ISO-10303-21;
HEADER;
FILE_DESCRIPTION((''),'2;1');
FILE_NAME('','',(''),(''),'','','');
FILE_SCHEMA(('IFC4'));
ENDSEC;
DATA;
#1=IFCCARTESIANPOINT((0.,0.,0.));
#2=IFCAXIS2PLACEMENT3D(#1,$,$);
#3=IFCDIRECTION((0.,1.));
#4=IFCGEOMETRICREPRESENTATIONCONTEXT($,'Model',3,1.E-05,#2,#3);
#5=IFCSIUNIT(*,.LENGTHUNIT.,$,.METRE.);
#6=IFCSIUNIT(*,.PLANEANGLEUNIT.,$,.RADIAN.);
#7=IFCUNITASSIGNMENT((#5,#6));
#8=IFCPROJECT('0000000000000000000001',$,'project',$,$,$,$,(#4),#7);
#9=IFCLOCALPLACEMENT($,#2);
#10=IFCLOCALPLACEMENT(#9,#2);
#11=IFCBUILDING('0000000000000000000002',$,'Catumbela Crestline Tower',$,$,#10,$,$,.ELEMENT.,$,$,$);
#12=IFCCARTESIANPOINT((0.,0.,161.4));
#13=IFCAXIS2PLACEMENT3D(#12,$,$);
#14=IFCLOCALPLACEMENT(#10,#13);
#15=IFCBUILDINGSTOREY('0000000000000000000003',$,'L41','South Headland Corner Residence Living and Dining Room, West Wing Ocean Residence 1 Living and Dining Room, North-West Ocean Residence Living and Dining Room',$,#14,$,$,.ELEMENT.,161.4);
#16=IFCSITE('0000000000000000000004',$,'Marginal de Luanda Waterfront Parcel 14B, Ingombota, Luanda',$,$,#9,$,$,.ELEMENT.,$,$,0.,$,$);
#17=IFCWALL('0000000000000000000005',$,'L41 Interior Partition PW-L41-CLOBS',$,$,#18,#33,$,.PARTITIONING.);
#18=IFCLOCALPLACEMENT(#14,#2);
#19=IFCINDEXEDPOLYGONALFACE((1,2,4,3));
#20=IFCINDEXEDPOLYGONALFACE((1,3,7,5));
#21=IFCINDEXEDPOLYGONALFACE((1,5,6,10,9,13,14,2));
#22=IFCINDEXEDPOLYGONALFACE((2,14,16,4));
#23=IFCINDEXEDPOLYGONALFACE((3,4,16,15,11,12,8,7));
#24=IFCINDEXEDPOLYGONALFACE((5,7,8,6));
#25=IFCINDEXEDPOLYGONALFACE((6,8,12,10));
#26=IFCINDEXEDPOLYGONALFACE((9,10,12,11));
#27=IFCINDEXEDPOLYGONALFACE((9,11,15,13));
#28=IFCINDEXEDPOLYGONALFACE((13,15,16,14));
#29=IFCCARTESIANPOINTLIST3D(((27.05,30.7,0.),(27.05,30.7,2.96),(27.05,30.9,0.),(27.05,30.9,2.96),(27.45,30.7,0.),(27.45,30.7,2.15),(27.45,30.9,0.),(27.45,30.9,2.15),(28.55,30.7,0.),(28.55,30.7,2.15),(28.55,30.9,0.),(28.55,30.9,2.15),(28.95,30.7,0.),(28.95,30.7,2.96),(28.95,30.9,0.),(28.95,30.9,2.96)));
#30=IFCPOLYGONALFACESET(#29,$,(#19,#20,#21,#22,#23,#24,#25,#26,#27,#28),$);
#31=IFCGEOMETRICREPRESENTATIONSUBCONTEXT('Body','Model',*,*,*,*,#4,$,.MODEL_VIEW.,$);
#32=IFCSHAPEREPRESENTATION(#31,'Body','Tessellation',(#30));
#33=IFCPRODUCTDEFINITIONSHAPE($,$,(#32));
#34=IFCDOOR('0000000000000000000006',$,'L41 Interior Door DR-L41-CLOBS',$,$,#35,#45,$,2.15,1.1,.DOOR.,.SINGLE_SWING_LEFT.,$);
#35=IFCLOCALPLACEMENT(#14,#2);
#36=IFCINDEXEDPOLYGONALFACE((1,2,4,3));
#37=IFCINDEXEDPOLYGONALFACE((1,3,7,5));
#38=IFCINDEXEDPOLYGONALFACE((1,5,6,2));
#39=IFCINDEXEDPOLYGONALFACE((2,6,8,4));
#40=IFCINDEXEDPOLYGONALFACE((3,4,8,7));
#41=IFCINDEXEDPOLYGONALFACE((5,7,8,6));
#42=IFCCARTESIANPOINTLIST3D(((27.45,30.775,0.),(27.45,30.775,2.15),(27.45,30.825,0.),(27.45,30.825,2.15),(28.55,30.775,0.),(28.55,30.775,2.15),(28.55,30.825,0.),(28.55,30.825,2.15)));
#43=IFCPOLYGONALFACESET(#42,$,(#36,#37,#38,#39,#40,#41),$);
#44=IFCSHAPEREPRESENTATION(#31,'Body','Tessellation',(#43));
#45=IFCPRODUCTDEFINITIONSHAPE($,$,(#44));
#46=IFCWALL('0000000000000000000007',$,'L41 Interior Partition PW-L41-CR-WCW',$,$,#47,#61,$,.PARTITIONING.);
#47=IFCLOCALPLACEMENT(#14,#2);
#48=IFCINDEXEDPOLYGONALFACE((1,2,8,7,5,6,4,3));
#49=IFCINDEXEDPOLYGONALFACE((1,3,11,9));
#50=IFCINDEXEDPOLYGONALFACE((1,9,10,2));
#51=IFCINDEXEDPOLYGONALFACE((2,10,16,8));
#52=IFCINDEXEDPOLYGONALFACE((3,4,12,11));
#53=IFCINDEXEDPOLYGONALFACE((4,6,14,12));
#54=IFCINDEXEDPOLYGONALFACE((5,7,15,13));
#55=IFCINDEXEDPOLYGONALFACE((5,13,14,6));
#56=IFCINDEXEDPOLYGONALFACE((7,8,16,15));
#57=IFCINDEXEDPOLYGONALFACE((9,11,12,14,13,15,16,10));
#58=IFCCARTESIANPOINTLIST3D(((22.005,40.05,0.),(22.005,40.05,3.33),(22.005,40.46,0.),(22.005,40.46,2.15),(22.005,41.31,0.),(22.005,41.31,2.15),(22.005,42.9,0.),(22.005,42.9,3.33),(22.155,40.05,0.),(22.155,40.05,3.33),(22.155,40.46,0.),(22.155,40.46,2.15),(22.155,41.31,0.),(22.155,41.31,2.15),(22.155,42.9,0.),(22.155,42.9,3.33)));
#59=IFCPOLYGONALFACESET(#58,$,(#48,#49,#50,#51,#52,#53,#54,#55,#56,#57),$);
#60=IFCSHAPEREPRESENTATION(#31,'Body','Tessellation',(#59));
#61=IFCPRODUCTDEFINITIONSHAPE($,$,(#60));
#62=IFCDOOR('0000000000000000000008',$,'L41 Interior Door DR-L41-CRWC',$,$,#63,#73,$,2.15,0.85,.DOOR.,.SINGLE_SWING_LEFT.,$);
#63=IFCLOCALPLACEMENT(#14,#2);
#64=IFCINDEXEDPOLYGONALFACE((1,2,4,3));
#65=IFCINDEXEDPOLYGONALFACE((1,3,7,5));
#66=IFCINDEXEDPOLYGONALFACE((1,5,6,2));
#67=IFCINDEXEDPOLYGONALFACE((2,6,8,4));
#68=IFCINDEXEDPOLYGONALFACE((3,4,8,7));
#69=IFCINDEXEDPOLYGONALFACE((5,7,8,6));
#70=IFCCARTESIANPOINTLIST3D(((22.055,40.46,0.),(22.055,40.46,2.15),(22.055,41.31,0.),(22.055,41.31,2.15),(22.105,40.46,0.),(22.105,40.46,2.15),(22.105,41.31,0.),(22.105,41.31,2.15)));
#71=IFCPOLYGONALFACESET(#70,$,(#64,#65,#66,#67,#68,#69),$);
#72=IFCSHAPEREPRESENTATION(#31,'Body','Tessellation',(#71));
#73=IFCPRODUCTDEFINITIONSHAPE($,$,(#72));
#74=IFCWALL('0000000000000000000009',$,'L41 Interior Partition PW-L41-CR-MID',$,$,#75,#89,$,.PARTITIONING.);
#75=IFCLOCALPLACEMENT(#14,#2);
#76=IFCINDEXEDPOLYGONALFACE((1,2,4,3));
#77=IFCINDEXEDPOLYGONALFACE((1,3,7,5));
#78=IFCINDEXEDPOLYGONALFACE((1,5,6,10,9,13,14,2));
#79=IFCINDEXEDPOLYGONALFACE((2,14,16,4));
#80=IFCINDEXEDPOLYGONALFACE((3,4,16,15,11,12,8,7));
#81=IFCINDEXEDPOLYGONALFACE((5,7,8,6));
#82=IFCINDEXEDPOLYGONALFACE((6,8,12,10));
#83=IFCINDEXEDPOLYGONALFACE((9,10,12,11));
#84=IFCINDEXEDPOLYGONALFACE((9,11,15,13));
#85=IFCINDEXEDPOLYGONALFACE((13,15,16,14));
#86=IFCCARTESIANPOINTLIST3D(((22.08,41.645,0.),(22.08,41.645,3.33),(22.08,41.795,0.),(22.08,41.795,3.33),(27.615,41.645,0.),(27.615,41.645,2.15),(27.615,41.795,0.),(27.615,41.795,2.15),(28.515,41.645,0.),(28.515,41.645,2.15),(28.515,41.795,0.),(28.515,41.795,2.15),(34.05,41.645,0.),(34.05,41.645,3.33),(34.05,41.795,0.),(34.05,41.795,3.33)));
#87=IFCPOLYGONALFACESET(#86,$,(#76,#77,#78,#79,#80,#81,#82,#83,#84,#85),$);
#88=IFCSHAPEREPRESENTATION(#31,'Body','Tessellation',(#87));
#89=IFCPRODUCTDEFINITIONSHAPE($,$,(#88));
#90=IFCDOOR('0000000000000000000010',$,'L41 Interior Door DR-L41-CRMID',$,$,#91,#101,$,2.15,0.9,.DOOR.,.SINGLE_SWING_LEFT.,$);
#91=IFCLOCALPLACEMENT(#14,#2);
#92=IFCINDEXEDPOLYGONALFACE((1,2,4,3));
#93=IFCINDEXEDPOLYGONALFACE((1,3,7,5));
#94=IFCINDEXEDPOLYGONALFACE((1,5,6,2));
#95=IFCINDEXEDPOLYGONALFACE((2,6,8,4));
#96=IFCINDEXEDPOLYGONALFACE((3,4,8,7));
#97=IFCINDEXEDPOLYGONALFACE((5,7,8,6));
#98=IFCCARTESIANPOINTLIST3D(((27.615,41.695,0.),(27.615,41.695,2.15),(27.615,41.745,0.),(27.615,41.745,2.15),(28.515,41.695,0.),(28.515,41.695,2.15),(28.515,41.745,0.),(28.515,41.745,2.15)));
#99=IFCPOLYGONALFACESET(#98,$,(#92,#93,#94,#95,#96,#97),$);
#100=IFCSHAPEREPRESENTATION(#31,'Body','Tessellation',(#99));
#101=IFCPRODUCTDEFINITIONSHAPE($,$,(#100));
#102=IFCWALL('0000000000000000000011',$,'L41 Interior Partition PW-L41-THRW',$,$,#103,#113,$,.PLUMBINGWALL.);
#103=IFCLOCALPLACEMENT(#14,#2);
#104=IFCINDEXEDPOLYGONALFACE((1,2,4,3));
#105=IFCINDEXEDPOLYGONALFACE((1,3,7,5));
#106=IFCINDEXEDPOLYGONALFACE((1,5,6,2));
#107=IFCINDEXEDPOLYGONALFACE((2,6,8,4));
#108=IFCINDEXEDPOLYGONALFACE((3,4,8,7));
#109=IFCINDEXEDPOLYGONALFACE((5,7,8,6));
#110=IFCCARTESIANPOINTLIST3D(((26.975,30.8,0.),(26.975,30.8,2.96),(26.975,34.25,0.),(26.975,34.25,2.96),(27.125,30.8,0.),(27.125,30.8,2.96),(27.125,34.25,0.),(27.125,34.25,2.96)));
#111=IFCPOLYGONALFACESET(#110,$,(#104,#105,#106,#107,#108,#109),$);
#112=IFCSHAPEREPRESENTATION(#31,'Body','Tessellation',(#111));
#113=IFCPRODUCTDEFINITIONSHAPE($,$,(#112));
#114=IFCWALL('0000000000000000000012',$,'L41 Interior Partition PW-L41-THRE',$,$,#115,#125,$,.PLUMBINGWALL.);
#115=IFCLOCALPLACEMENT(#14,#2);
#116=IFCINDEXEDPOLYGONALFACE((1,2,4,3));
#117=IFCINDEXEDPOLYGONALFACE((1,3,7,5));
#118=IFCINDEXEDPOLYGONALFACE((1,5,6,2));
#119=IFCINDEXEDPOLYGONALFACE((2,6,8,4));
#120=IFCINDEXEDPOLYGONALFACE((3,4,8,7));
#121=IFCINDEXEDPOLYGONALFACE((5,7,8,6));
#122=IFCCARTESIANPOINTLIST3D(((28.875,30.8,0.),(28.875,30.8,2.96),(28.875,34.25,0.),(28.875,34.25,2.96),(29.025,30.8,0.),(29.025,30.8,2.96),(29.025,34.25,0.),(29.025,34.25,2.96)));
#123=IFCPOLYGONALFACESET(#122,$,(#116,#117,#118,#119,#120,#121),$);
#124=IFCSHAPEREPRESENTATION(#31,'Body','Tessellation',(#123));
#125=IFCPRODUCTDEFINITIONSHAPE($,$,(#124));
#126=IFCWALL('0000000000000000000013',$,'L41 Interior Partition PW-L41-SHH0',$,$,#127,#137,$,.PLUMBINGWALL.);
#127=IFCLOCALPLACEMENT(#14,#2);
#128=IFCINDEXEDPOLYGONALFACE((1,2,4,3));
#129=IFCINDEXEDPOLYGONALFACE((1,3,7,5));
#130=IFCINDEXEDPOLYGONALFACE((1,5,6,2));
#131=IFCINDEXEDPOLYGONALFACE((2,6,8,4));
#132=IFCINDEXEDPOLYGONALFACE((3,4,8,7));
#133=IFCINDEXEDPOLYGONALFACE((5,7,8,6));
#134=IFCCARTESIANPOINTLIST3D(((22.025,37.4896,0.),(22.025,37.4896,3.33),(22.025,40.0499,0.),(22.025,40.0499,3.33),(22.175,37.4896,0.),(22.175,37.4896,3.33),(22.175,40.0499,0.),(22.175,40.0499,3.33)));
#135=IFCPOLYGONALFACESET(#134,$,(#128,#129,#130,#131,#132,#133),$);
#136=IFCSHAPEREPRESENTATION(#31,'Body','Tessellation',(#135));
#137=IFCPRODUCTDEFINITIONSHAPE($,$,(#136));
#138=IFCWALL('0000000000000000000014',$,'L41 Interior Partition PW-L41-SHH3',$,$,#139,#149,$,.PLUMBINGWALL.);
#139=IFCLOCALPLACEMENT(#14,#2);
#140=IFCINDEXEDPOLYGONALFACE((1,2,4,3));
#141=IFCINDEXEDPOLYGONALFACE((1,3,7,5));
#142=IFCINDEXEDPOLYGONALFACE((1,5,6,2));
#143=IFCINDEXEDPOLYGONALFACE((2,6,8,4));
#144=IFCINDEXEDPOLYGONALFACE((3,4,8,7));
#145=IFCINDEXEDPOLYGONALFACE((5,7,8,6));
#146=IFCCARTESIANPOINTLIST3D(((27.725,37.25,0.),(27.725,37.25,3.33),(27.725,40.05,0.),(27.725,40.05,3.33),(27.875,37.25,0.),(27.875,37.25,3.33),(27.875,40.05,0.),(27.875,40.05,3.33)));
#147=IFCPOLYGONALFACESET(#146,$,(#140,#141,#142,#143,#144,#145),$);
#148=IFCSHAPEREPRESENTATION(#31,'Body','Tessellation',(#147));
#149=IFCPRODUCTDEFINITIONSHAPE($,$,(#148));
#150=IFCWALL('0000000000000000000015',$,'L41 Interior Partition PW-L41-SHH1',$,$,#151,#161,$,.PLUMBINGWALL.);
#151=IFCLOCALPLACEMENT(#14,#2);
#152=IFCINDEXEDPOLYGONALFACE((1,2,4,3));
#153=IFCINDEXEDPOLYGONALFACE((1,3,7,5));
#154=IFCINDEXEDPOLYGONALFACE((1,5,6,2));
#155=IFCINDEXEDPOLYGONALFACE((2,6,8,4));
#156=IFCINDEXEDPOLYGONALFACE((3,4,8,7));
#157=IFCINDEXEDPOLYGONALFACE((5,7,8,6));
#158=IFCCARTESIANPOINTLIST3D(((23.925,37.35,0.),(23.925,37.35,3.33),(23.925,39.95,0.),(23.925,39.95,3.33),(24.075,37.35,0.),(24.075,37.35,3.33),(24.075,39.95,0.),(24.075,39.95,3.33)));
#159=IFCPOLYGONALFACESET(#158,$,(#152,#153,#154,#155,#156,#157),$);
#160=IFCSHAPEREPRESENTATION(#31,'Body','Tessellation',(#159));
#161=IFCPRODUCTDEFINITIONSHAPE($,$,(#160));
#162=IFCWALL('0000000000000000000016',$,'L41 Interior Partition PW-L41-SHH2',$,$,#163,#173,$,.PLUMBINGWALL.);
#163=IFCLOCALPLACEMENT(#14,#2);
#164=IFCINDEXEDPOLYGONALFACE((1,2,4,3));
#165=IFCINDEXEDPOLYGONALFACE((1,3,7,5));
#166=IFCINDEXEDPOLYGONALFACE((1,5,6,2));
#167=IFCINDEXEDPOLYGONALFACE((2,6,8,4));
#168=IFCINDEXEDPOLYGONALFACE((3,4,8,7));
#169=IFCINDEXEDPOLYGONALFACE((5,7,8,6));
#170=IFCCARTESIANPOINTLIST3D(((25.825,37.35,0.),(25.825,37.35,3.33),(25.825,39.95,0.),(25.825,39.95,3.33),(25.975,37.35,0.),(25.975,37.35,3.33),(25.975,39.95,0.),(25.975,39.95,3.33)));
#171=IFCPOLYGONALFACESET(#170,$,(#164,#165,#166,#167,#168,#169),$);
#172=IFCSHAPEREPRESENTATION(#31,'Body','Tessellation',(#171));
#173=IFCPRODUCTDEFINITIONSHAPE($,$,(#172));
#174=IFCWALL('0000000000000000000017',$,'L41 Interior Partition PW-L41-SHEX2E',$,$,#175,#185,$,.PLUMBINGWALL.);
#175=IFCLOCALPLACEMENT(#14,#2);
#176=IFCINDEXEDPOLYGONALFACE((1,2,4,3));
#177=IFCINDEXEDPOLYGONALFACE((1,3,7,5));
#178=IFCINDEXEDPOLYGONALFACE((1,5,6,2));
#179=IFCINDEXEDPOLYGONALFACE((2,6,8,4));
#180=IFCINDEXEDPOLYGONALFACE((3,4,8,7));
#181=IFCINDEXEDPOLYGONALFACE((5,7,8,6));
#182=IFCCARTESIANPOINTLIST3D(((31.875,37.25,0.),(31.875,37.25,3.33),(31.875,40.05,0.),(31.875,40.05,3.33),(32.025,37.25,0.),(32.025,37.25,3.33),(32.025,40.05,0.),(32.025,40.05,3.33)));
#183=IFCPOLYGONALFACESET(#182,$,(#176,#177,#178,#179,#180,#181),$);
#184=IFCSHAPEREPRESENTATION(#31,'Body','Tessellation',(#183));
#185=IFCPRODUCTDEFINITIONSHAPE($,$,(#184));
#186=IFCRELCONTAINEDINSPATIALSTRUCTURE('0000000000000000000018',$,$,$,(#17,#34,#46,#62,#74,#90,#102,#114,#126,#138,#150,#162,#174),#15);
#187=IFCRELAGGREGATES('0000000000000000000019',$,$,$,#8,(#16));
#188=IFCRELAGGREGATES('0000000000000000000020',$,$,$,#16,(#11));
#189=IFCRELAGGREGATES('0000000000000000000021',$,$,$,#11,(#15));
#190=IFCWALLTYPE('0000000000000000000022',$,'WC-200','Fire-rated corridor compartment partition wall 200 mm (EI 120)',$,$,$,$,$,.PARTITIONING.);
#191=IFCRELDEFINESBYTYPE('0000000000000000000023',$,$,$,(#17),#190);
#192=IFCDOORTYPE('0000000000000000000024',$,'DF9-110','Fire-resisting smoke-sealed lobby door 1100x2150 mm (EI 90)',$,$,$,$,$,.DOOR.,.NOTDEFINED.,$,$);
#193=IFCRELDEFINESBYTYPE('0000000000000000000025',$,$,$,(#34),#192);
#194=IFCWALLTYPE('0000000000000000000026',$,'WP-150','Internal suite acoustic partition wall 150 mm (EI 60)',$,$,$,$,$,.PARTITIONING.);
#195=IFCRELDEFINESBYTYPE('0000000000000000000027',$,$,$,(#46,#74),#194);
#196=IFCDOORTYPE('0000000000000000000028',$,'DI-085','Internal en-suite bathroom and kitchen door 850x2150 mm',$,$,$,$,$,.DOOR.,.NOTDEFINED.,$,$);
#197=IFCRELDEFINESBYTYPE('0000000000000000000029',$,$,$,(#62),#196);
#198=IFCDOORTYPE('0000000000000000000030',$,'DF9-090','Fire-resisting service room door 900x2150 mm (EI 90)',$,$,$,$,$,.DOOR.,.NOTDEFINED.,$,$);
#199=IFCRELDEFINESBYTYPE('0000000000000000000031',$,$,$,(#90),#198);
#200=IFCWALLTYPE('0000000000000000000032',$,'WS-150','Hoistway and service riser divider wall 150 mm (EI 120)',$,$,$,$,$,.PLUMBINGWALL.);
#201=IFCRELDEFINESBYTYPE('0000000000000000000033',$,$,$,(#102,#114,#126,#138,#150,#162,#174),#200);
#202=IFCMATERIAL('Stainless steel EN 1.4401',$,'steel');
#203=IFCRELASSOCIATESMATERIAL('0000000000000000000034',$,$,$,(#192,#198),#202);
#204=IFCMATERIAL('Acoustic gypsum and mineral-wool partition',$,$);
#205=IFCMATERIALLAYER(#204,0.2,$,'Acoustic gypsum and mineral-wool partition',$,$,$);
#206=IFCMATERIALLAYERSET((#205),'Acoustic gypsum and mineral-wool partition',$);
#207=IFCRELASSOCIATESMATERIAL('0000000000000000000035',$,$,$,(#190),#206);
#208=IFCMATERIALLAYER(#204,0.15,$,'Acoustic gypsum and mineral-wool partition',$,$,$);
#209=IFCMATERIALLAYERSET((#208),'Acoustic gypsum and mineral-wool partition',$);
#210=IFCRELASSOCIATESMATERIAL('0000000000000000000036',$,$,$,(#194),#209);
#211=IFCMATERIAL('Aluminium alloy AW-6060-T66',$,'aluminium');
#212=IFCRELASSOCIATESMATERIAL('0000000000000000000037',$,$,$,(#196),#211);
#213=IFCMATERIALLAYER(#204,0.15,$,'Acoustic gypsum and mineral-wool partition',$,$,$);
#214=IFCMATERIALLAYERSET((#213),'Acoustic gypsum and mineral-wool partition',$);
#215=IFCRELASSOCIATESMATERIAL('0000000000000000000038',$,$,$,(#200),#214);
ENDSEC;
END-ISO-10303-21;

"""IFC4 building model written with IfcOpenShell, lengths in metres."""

from ifc_helpers import new_model, si_unit, direction, frame, frame_2d, origin, place, context, subcontext, project, spatial, rectangle, extrude, material, layer, layer_set, type_object, element, fill, save


model = new_model("IFC4")

# Units and contexts
model_context = context("Model", 3, precision=1e-05, world=origin(), true_north=direction((0.0, 1.0)))
body_context = subcontext(model_context, "Body", "Model", "MODEL_VIEW")
ifc_project = project(units=[si_unit("LENGTHUNIT", "METRE"), si_unit("PLANEANGLEUNIT", "RADIAN")], contexts=[model_context])

# Site, building, storey
site_placement = place(None, origin())
site = spatial("IfcSite", under=ifc_project, at=site_placement, Name="Marginal de Luanda Waterfront Parcel 14B, Ingombota, Luanda", CompositionType="ELEMENT", RefElevation=0.0)
building_placement = place(site_placement, origin())
building = spatial("IfcBuilding", under=site, at=building_placement, Name="Catumbela Crestline Tower", CompositionType="ELEMENT")
storey_placement = place(building_placement, frame((0.0, 0.0, 161.4)))
storey = spatial("IfcBuildingStorey", under=building, at=storey_placement, Name="L41", Description="South Headland Corner Residence Living and Dining Room, West Wing Ocean Residence 1 Living and Dining Room, North-West Ocean Residence Living and Dining Room", CompositionType="ELEMENT", Elevation=161.4)

# Shared definitions
ifc_material_1 = material(Name="Stainless steel EN 1.4401", Category="steel")

# Walls, openings, doors
door_type_1 = type_object("IfcDoorType", Name="DF9-110", Description="Fire-resisting smoke-sealed lobby door 1100x2150 mm (EI 90)", OperationType="NOTDEFINED", PredefinedType="DOOR", material=ifc_material_1)
ifc_material_2 = material(Name="Acoustic gypsum and mineral-wool partition")
ifc_layer_1 = layer(ifc_material_2, 0.2, Name="Acoustic gypsum and mineral-wool partition")
ifc_layer_set_1 = layer_set([ifc_layer_1], Name="Acoustic gypsum and mineral-wool partition")
wall_type_1 = type_object("IfcWallType", Name="WC-200", Description="Fire-rated corridor compartment partition wall 200 mm (EI 120)", PredefinedType="PARTITIONING", material=ifc_layer_set_1)
wall_1_placement = place(storey_placement, frame((27.05, 30.8, 0.0), z_axis=(0.0, 0.0, 1.0), x_axis=(1.0, 0.0, 0.0)))
wall_1 = element("IfcWall", 1, at=wall_1_placement, inside=storey, type_object=wall_type_1, Name="L41 Interior Partition PW-L41-CLOBS", PredefinedType="PARTITIONING", context=body_context, shape_type="SweptSolid", body=[
    extrude(rectangle(XDim=1.9, YDim=0.2, at=frame_2d((0.95, 0.0))), origin(), (0.0, 0.0, 1.0), 2.96),
])
opening_1_placement = place(wall_1_placement, frame((0.4, 0.0, 0.0)))
opening_1 = element("IfcOpeningElement", 2, at=opening_1_placement, cuts=wall_1, PredefinedType="OPENING", context=body_context, shape_type="SweptSolid", body=[
    extrude(rectangle(XDim=1.1, YDim=2.15, at=frame_2d((0.55, 1.075))), frame((0.0, 0.11, 0.0), z_axis=(0.0, -1.0, 0.0), x_axis=(1.0, 0.0, 0.0)), (0.0, 0.0, 1.0), 0.22),
])
door_1_placement = place(opening_1_placement, origin())
door_1 = element("IfcDoor", 3, at=door_1_placement, inside=storey, type_object=door_type_1, Name="L41 Interior Door DR-L41-CLOBS", OperationType="SINGLE_SWING_LEFT", OverallHeight=2.15, OverallWidth=1.1, PredefinedType="DOOR", context=body_context, shape_type="SweptSolid", body=[
    extrude(rectangle(XDim=1.1, YDim=2.15, at=frame_2d((0.55, 1.075))), frame((0.0, 0.025, 0.0), z_axis=(0.0, -1.0, 0.0), x_axis=(1.0, 0.0, 0.0)), (0.0, 0.0, 1.0), 0.05),
])
fill(opening_1, door_1)
ifc_layer_2 = layer(ifc_material_2, 0.15, Name="Acoustic gypsum and mineral-wool partition")
ifc_layer_set_2 = layer_set([ifc_layer_2], Name="Acoustic gypsum and mineral-wool partition")
wall_type_2 = type_object("IfcWallType", Name="WP-150", Description="Internal suite acoustic partition wall 150 mm (EI 60)", PredefinedType="PARTITIONING", material=ifc_layer_set_2)
wall_2_placement = place(storey_placement, frame((22.08, 40.05, 0.0), z_axis=(0.0, 0.0, 1.0), x_axis=(0.0, 1.0, 0.0)))
wall_2 = element("IfcWall", 4, at=wall_2_placement, inside=storey, type_object=wall_type_2, Name="L41 Interior Partition PW-L41-CR-WCW", PredefinedType="PARTITIONING", context=body_context, shape_type="SweptSolid", body=[
    extrude(rectangle(XDim=2.85, YDim=0.15, at=frame_2d((1.425, 0.0))), origin(), (0.0, 0.0, 1.0), 3.33),
])
opening_2_placement = place(wall_2_placement, frame((0.41, 0.0, 0.0)))
opening_2 = element("IfcOpeningElement", 5, at=opening_2_placement, cuts=wall_2, PredefinedType="OPENING", context=body_context, shape_type="SweptSolid", body=[
    extrude(rectangle(XDim=0.85, YDim=2.15, at=frame_2d((0.425, 1.075))), frame((0.0, 0.085, 0.0), z_axis=(0.0, -1.0, 0.0), x_axis=(1.0, 0.0, 0.0)), (0.0, 0.0, 1.0), 0.17),
])
ifc_material_3 = material(Name="Aluminium alloy AW-6060-T66", Category="aluminium")
door_type_2 = type_object("IfcDoorType", Name="DI-085", Description="Internal en-suite bathroom and kitchen door 850x2150 mm", OperationType="NOTDEFINED", PredefinedType="DOOR", material=ifc_material_3)
door_2_placement = place(opening_2_placement, origin())
door_2 = element("IfcDoor", 6, at=door_2_placement, inside=storey, type_object=door_type_2, Name="L41 Interior Door DR-L41-CRWC", OperationType="SINGLE_SWING_LEFT", OverallHeight=2.15, OverallWidth=0.85, PredefinedType="DOOR", context=body_context, shape_type="SweptSolid", body=[
    extrude(rectangle(XDim=0.85, YDim=2.15, at=frame_2d((0.425, 1.075))), frame((0.0, 0.025, 0.0), z_axis=(0.0, -1.0, 0.0), x_axis=(1.0, 0.0, 0.0)), (0.0, 0.0, 1.0), 0.05),
])
fill(opening_2, door_2)
wall_3_placement = place(storey_placement, frame((22.08, 41.72, 0.0), z_axis=(0.0, 0.0, 1.0), x_axis=(1.0, 0.0, 0.0)))
wall_3 = element("IfcWall", 7, at=wall_3_placement, inside=storey, type_object=wall_type_2, Name="L41 Interior Partition PW-L41-CR-MID", PredefinedType="PARTITIONING", context=body_context, shape_type="SweptSolid", body=[
    extrude(rectangle(XDim=11.97, YDim=0.15, at=frame_2d((5.985, 0.0))), origin(), (0.0, 0.0, 1.0), 3.33),
])
opening_3_placement = place(wall_3_placement, frame((5.535, 0.0, 0.0)))
opening_3 = element("IfcOpeningElement", 8, at=opening_3_placement, cuts=wall_3, PredefinedType="OPENING", context=body_context, shape_type="SweptSolid", body=[
    extrude(rectangle(XDim=0.9, YDim=2.15, at=frame_2d((0.45, 1.075))), frame((0.0, 0.085, 0.0), z_axis=(0.0, -1.0, 0.0), x_axis=(1.0, 0.0, 0.0)), (0.0, 0.0, 1.0), 0.17),
])
door_type_3 = type_object("IfcDoorType", Name="DF9-090", Description="Fire-resisting service room door 900x2150 mm (EI 90)", OperationType="NOTDEFINED", PredefinedType="DOOR", material=ifc_material_1)
door_3_placement = place(opening_3_placement, origin())
door_3 = element("IfcDoor", 9, at=door_3_placement, inside=storey, type_object=door_type_3, Name="L41 Interior Door DR-L41-CRMID", OperationType="SINGLE_SWING_LEFT", OverallHeight=2.15, OverallWidth=0.9, PredefinedType="DOOR", context=body_context, shape_type="SweptSolid", body=[
    extrude(rectangle(XDim=0.9, YDim=2.15, at=frame_2d((0.45, 1.075))), frame((0.0, 0.025, 0.0), z_axis=(0.0, -1.0, 0.0), x_axis=(1.0, 0.0, 0.0)), (0.0, 0.0, 1.0), 0.05),
])
fill(opening_3, door_3)

# Walls
ifc_layer_3 = layer(ifc_material_2, 0.15, Name="Acoustic gypsum and mineral-wool partition")
ifc_layer_set_3 = layer_set([ifc_layer_3], Name="Acoustic gypsum and mineral-wool partition")
wall_type_3 = type_object("IfcWallType", Name="WS-150", Description="Hoistway and service riser divider wall 150 mm (EI 120)", PredefinedType="PLUMBINGWALL", material=ifc_layer_set_3)
for number, where, z_axis, x_axis, name in (
    (10, (27.05, 30.8, 0.0), (0.0, 0.0, 1.0), (0.0, 1.0, 0.0), "L41 Interior Partition PW-L41-THRW"),
    (11, (28.95, 30.8, 0.0), (0.0, 0.0, 1.0), (0.0, 1.0, 0.0), "L41 Interior Partition PW-L41-THRE"),
):
    element("IfcWall", number, at=place(storey_placement, frame(where, z_axis=z_axis, x_axis=x_axis)), inside=storey, type_object=wall_type_3, Name=name, PredefinedType="PLUMBINGWALL", context=body_context, shape_type="SweptSolid", body=[
        extrude(rectangle(XDim=3.45, YDim=0.15, at=frame_2d((1.725, 0.0))), origin(), (0.0, 0.0, 1.0), 2.96),
    ])
wall_4_placement = place(storey_placement, frame((22.1, 37.4897, 0.0), z_axis=(0.0, 0.0, 1.0), x_axis=(0.0, 1.0, 0.0)))
element("IfcWall", 12, at=wall_4_placement, inside=storey, type_object=wall_type_3, Name="L41 Interior Partition PW-L41-SHH0", PredefinedType="PLUMBINGWALL", context=body_context, shape_type="SweptSolid", body=[
    extrude(rectangle(XDim=2.5603, YDim=0.15, at=frame_2d((1.2801, 0.0))), origin(), (0.0, 0.0, 1.0), 3.33),
])
wall_5_placement = place(storey_placement, frame((27.8, 37.25, 0.0), z_axis=(0.0, 0.0, 1.0), x_axis=(0.0, 1.0, 0.0)))
element("IfcWall", 13, at=wall_5_placement, inside=storey, type_object=wall_type_3, Name="L41 Interior Partition PW-L41-SHH3", PredefinedType="PLUMBINGWALL", context=body_context, shape_type="SweptSolid", body=[
    extrude(rectangle(XDim=2.8, YDim=0.15, at=frame_2d((1.4, 0.0))), origin(), (0.0, 0.0, 1.0), 3.33),
])
for number, where, z_axis, x_axis, name in (
    (14, (24.0, 37.35, 0.0), (0.0, 0.0, 1.0), (0.0, 1.0, 0.0), "L41 Interior Partition PW-L41-SHH1"),
    (15, (25.9, 37.35, 0.0), (0.0, 0.0, 1.0), (0.0, 1.0, 0.0), "L41 Interior Partition PW-L41-SHH2"),
):
    element("IfcWall", number, at=place(storey_placement, frame(where, z_axis=z_axis, x_axis=x_axis)), inside=storey, type_object=wall_type_3, Name=name, PredefinedType="PLUMBINGWALL", context=body_context, shape_type="SweptSolid", body=[
        extrude(rectangle(XDim=2.6, YDim=0.15, at=frame_2d((1.3, 0.0))), origin(), (0.0, 0.0, 1.0), 3.33),
    ])
wall_6_placement = place(storey_placement, frame((31.95, 37.25, 0.0), z_axis=(0.0, 0.0, 1.0), x_axis=(0.0, 1.0, 0.0)))
element("IfcWall", 16, at=wall_6_placement, inside=storey, type_object=wall_type_3, Name="L41 Interior Partition PW-L41-SHEX2E", PredefinedType="PLUMBINGWALL", context=body_context, shape_type="SweptSolid", body=[
    extrude(rectangle(XDim=2.8, YDim=0.15, at=frame_2d((1.4, 0.0))), origin(), (0.0, 0.0, 1.0), 3.33),
])

save(model, "model.ifc")
